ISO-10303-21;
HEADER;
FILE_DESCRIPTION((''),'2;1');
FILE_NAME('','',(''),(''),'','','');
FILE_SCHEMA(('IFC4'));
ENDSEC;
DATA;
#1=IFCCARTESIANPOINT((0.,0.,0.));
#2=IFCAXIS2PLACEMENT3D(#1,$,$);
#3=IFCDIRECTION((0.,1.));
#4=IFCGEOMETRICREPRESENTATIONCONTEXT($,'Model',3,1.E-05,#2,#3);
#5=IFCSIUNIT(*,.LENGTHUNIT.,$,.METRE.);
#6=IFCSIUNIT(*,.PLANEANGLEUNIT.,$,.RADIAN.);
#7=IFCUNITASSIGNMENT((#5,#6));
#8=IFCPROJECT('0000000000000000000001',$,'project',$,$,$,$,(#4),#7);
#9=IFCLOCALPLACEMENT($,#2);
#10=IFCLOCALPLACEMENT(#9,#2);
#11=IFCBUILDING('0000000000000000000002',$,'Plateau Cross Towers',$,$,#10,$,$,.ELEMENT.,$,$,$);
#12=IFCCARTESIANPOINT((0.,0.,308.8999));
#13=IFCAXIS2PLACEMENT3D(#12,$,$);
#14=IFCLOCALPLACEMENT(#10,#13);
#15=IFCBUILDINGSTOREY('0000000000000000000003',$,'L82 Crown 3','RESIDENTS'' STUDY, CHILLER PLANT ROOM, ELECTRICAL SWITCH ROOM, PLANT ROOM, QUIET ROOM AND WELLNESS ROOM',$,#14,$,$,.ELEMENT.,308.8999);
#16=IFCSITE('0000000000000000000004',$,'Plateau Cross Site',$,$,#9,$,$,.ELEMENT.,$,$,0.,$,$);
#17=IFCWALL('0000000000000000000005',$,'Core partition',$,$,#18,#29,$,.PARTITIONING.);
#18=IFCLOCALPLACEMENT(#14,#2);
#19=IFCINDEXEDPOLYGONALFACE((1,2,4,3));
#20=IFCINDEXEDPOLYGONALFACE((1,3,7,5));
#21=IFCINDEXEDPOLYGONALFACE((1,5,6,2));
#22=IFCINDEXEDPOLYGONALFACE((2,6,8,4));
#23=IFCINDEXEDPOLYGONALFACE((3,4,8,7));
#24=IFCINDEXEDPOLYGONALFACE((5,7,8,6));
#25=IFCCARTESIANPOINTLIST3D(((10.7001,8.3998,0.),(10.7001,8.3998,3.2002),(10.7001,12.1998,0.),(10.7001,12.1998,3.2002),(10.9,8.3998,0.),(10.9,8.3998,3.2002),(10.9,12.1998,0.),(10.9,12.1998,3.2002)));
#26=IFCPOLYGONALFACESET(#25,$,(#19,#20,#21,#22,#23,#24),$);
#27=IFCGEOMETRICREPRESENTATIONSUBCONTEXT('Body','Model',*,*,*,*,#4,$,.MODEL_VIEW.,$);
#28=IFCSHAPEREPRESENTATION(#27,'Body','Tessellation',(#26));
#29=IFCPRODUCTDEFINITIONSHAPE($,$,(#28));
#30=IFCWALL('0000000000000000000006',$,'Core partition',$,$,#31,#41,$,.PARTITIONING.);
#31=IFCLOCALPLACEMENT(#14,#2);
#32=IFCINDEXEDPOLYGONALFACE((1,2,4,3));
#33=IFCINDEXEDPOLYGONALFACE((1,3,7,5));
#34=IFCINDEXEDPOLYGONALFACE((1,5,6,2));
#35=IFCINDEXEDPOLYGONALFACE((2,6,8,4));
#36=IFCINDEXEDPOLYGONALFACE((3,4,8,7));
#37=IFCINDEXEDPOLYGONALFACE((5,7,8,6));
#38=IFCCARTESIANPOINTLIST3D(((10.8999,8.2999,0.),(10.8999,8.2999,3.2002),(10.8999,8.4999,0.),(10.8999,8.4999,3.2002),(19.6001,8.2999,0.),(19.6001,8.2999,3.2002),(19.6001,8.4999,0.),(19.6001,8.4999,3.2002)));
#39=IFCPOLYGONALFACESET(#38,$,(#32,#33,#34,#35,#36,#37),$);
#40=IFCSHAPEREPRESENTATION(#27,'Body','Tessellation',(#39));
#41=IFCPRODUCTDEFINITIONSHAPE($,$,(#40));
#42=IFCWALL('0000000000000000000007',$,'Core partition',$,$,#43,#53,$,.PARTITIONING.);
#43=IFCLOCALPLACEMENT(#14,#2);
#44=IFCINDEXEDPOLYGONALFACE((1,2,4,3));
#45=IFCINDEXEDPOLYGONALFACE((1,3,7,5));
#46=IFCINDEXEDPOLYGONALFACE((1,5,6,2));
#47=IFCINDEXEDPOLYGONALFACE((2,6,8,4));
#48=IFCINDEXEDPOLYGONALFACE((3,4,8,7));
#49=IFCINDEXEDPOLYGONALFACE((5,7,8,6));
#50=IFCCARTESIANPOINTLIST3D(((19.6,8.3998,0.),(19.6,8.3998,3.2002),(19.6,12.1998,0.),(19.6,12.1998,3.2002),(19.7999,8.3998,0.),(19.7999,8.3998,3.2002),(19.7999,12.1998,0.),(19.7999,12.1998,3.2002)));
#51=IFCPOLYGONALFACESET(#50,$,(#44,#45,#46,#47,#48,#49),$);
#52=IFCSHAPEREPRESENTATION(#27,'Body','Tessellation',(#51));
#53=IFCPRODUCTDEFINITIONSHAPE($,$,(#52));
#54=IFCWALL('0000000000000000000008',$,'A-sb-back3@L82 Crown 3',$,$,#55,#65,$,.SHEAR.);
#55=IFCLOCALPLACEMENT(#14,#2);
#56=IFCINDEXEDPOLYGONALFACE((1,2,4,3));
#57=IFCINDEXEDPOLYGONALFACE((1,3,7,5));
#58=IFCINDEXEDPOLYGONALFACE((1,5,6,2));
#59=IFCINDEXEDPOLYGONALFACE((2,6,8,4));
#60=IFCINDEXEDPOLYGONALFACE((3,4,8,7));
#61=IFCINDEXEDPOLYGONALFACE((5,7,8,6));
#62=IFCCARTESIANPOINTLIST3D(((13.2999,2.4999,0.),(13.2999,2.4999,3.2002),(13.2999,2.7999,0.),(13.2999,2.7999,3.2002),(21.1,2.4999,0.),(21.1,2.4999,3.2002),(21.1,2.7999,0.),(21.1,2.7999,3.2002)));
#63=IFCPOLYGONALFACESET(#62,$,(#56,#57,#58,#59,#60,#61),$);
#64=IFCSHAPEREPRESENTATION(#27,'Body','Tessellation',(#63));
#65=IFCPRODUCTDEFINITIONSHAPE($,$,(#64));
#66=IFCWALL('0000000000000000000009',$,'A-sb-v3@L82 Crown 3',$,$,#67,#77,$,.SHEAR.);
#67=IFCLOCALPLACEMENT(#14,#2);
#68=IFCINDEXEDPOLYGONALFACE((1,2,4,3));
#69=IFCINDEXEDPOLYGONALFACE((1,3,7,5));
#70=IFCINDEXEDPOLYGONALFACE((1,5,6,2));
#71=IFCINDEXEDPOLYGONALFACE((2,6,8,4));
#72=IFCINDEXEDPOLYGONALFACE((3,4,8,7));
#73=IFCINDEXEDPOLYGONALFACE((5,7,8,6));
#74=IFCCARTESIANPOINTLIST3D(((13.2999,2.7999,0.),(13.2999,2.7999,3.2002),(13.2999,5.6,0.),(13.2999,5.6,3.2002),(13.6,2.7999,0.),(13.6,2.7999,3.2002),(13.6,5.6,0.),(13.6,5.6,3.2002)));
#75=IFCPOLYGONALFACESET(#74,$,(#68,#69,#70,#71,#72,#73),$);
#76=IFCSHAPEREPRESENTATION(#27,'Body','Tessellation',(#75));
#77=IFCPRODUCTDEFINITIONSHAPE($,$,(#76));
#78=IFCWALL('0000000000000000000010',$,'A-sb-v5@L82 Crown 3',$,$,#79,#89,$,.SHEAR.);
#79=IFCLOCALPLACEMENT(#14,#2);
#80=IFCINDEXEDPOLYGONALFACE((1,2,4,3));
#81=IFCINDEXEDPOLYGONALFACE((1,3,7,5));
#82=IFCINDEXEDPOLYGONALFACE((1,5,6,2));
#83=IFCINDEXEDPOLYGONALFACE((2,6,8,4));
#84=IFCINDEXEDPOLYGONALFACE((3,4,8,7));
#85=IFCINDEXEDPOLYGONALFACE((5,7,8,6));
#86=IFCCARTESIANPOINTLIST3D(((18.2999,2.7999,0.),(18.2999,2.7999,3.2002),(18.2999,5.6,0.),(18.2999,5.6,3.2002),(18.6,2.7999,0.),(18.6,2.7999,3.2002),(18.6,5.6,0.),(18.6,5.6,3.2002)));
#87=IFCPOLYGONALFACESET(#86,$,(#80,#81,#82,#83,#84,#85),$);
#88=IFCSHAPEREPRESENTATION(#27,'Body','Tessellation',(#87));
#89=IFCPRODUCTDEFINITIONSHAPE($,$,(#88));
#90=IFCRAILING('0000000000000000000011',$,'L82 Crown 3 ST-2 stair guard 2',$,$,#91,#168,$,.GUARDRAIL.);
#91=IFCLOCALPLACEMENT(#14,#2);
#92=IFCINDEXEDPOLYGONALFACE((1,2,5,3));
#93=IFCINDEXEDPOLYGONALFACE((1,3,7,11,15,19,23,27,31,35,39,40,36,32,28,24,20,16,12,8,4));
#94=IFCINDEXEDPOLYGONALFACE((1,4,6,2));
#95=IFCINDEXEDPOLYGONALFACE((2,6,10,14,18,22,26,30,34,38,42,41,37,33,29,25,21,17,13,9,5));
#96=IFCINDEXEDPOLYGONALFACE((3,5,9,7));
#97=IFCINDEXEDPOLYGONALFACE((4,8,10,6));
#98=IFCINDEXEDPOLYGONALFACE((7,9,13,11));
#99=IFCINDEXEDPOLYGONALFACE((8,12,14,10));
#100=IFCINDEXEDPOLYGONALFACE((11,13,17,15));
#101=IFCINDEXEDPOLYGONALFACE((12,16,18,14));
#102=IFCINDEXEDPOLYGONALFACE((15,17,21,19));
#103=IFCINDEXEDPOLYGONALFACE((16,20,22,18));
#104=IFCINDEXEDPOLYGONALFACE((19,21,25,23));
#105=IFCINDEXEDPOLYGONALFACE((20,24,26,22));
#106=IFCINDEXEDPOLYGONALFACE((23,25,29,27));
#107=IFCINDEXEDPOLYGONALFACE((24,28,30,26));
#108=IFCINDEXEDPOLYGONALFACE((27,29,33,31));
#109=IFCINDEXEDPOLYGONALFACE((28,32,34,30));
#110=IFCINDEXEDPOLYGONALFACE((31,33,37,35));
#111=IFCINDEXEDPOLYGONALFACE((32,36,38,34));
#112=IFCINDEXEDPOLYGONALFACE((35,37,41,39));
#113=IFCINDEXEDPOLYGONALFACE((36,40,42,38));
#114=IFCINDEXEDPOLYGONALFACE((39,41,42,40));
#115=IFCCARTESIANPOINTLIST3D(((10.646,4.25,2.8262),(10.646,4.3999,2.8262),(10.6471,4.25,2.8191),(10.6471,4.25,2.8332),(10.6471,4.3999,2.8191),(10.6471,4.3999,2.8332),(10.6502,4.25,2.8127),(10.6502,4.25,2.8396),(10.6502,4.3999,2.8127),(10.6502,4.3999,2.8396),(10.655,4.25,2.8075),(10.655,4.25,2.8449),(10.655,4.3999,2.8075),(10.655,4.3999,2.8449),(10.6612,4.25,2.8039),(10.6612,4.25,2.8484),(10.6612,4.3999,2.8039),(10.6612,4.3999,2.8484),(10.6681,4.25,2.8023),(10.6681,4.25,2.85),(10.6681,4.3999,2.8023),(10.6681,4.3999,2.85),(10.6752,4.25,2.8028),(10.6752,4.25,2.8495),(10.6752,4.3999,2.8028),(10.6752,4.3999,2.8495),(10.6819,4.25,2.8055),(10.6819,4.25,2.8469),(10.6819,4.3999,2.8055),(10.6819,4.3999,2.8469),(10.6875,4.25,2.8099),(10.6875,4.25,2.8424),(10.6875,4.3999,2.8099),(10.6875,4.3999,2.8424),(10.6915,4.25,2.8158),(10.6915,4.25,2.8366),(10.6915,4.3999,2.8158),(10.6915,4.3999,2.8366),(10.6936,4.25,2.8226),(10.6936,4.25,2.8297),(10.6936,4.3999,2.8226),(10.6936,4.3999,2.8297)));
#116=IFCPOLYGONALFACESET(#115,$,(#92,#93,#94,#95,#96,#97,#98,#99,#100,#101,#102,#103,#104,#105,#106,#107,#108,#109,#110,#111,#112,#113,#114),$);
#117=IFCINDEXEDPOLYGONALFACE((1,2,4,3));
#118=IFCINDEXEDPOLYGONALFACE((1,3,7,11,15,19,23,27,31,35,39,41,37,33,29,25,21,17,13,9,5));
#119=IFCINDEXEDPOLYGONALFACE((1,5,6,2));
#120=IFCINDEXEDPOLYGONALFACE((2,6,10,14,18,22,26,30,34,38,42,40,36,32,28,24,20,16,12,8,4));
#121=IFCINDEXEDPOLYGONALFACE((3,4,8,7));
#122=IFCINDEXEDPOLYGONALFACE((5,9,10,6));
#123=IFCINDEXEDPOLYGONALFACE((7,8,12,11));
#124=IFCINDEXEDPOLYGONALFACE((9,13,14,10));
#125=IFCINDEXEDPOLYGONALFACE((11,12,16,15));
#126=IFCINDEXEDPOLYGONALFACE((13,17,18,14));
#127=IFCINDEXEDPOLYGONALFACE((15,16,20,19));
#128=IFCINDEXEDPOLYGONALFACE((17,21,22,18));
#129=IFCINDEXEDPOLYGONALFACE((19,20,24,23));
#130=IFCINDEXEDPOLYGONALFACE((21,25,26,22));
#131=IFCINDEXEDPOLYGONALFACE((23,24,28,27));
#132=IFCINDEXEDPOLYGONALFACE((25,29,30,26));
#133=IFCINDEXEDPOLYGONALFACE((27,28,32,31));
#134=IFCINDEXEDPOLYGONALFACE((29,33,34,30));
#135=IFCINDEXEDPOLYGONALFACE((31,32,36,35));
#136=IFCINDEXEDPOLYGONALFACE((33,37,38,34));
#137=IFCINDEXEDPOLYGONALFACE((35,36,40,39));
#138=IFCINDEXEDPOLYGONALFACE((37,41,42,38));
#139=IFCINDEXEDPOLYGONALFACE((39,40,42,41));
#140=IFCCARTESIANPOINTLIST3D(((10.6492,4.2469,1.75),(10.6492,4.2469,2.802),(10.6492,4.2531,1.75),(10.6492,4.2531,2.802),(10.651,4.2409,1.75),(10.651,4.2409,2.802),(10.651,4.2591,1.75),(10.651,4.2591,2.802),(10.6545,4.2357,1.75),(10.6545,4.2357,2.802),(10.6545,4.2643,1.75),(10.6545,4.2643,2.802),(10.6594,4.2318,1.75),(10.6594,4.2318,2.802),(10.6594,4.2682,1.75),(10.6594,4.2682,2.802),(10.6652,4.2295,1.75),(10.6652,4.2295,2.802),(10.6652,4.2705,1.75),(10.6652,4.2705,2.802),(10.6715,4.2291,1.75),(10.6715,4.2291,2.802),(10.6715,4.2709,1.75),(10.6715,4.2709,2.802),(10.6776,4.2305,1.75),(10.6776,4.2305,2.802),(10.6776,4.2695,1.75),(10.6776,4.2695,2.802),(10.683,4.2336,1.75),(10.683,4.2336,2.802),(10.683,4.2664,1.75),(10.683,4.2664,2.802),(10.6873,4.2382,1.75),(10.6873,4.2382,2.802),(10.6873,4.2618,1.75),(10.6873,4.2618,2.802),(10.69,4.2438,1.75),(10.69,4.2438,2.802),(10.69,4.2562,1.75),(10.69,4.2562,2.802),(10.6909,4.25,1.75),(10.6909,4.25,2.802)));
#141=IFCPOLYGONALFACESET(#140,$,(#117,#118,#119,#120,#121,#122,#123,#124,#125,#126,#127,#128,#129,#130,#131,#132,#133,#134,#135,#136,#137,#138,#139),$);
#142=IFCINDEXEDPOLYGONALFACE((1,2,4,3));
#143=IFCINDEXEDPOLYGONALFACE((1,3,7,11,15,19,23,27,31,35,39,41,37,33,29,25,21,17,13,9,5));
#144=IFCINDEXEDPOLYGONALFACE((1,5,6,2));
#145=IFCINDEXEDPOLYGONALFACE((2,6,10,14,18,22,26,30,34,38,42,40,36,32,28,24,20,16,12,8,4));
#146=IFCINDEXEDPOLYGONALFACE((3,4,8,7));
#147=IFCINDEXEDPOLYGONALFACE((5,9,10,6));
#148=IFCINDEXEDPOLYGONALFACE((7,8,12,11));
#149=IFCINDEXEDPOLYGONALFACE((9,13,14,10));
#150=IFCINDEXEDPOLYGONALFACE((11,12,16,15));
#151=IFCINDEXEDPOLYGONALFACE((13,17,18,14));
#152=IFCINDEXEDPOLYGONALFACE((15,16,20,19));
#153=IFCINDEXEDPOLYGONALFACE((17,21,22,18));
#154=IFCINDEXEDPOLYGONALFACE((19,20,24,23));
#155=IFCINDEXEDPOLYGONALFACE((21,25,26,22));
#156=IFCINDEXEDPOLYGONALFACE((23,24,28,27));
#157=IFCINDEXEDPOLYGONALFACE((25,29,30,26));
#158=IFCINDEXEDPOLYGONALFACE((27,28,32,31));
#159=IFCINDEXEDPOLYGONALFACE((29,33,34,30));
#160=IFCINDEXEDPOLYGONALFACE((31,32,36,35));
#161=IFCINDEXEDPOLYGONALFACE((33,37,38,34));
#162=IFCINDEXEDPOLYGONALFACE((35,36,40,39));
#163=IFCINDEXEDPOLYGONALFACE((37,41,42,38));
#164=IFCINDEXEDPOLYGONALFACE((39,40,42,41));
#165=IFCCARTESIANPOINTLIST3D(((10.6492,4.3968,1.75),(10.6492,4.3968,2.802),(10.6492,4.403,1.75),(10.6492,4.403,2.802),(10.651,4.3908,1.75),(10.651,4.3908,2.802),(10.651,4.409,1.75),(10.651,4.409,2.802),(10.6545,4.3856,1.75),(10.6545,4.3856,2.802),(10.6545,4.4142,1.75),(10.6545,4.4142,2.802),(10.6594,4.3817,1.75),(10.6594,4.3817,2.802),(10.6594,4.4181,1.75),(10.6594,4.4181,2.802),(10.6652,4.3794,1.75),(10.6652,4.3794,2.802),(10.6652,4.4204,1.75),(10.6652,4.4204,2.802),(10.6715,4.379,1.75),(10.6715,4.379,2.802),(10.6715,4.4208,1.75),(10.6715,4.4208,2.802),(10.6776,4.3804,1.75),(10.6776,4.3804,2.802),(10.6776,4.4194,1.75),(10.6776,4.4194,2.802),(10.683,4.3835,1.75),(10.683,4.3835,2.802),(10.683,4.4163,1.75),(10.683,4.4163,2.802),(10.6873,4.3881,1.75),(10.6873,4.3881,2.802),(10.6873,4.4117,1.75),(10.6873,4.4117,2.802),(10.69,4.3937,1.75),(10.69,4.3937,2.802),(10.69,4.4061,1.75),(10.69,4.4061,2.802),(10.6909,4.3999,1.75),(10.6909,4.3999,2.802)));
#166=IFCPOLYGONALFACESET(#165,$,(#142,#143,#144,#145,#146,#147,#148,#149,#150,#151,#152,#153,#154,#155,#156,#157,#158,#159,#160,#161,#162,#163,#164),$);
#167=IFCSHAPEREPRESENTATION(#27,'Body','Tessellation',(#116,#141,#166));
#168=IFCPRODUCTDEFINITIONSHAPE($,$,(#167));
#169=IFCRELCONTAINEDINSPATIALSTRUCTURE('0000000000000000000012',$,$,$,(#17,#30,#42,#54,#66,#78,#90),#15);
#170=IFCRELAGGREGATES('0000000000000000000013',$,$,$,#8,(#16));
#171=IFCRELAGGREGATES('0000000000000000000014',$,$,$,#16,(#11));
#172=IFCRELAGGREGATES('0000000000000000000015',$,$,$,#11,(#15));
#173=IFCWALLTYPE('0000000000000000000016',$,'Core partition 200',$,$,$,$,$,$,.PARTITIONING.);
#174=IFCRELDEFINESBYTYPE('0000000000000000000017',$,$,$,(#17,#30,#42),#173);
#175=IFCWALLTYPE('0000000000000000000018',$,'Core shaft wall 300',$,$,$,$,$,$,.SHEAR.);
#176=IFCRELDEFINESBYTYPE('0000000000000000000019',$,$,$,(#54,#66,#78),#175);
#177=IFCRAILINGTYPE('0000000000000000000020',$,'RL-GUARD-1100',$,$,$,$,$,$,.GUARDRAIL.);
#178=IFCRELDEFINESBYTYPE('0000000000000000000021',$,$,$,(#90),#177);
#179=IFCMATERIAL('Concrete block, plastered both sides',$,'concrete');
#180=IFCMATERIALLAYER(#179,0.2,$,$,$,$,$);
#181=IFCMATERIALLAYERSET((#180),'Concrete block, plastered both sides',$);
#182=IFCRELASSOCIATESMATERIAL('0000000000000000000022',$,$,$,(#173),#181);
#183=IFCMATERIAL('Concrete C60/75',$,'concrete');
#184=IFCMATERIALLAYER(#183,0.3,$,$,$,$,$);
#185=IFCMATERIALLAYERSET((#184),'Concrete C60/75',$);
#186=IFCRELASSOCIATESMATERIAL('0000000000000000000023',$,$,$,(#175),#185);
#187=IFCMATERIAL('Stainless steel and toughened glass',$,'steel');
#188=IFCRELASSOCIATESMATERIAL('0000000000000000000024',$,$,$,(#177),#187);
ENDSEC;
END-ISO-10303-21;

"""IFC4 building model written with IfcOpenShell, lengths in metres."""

from ifc_helpers import new_model, si_unit, direction, frame, frame_2d, origin, origin_2d, place, context, subcontext, project, spatial, rectangle, circle, extrude, material, layer, layer_set, type_object, element, save


model = new_model("IFC4")

# Units and contexts
model_context = context("Model", 3, precision=1e-05, world=origin(), true_north=direction((0.0, 1.0)))
body_context = subcontext(model_context, "Body", "Model", "MODEL_VIEW")
ifc_project = project(units=[si_unit("LENGTHUNIT", "METRE"), si_unit("PLANEANGLEUNIT", "RADIAN")], contexts=[model_context])

# Site, building, storey
site_placement = place(None, origin())
site = spatial("IfcSite", under=ifc_project, at=site_placement, Name="Plateau Cross Site", CompositionType="ELEMENT", RefElevation=0.0)
building_placement = place(site_placement, origin())
building = spatial("IfcBuilding", under=site, at=building_placement, Name="Plateau Cross Towers", CompositionType="ELEMENT")
storey_placement = place(building_placement, frame((0.0, 0.0, 308.8999)))
storey = spatial("IfcBuildingStorey", under=building, at=storey_placement, Name="L82 Crown 3", Description="RESIDENTS' STUDY, CHILLER PLANT ROOM, ELECTRICAL SWITCH ROOM, PLANT ROOM, QUIET ROOM AND WELLNESS ROOM", CompositionType="ELEMENT", Elevation=308.8999)

# Shared definitions
ifc_material_1 = material(Name="Concrete C60/75", Category="concrete")

# Walls
ifc_material_2 = material(Name="Concrete block, plastered both sides", Category="concrete")
ifc_layer_1 = layer(ifc_material_2, 0.2)
ifc_layer_set_1 = layer_set([ifc_layer_1], Name="Concrete block, plastered both sides")
wall_type_1 = type_object("IfcWallType", Name="Core partition 200", PredefinedType="PARTITIONING", material=ifc_layer_set_1)
wall_1_placement = place(storey_placement, frame((10.8, 8.3999, 0.0), z_axis=(0.0, 0.0, 1.0), x_axis=(0.0, 1.0, 0.0)))
element("IfcWall", 1, at=wall_1_placement, inside=storey, type_object=wall_type_1, Name="Core partition", PredefinedType="PARTITIONING", context=body_context, shape_type="SweptSolid", body=[
    extrude(rectangle(XDim=3.8, YDim=0.2, at=frame_2d((1.8999, 0.0))), origin(), (0.0, 0.0, 1.0), 3.2002),
])
wall_2_placement = place(storey_placement, frame((10.8999, 8.3999, 0.0), z_axis=(0.0, 0.0, 1.0), x_axis=(1.0, 0.0, 0.0)))
element("IfcWall", 2, at=wall_2_placement, inside=storey, type_object=wall_type_1, Name="Core partition", PredefinedType="PARTITIONING", context=body_context, shape_type="SweptSolid", body=[
    extrude(rectangle(XDim=8.7002, YDim=0.2, at=frame_2d((4.3501, 0.0))), origin(), (0.0, 0.0, 1.0), 3.2002),
])
wall_3_placement = place(storey_placement, frame((19.7, 8.3999, 0.0), z_axis=(0.0, 0.0, 1.0), x_axis=(0.0, 1.0, 0.0)))
element("IfcWall", 3, at=wall_3_placement, inside=storey, type_object=wall_type_1, Name="Core partition", PredefinedType="PARTITIONING", context=body_context, shape_type="SweptSolid", body=[
    extrude(rectangle(XDim=3.8, YDim=0.2, at=frame_2d((1.8999, 0.0))), origin(), (0.0, 0.0, 1.0), 3.2002),
])
ifc_layer_2 = layer(ifc_material_1, 0.3)
ifc_layer_set_2 = layer_set([ifc_layer_2], Name="Concrete C60/75")
wall_type_2 = type_object("IfcWallType", Name="Core shaft wall 300", PredefinedType="SHEAR", material=ifc_layer_set_2)
wall_4_placement = place(storey_placement, frame((13.3, 2.6499, 0.0), z_axis=(0.0, 0.0, 1.0), x_axis=(1.0, 0.0, 0.0)))
element("IfcWall", 4, at=wall_4_placement, inside=storey, type_object=wall_type_2, Name="A-sb-back3@L82 Crown 3", PredefinedType="SHEAR", context=body_context, shape_type="SweptSolid", body=[
    extrude(rectangle(XDim=7.8, YDim=0.3, at=frame_2d((3.8999, 0.0))), origin(), (0.0, 0.0, 1.0), 3.2002),
])
for number, where, z_axis, x_axis, name in (
    (5, (13.45, 2.8, 0.0), (0.0, 0.0, 1.0), (0.0, 1.0, 0.0), "A-sb-v3@L82 Crown 3"),
    (6, (18.45, 2.8, 0.0), (0.0, 0.0, 1.0), (0.0, 1.0, 0.0), "A-sb-v5@L82 Crown 3"),
):
    element("IfcWall", number, at=place(storey_placement, frame(where, z_axis=z_axis, x_axis=x_axis)), inside=storey, type_object=wall_type_2, Name=name, PredefinedType="SHEAR", context=body_context, shape_type="SweptSolid", body=[
        extrude(rectangle(XDim=2.8, YDim=0.3, at=frame_2d((1.3999, 0.0))), origin(), (0.0, 0.0, 1.0), 3.2002),
    ])

# Railing
ifc_material_3 = material(Name="Stainless steel and toughened glass", Category="steel")
railing_type_1 = type_object("IfcRailingType", Name="RL-GUARD-1100", PredefinedType="GUARDRAIL", material=ifc_material_3)
railing_1_placement = place(storey_placement, frame((10.6699, 4.25, 1.75)))
element("IfcRailing", 7, at=railing_1_placement, inside=storey, type_object=railing_type_1, Name="L82 Crown 3 ST-2 stair guard 2", PredefinedType="GUARDRAIL", context=body_context, shape_type="SweptSolid", body=[
    extrude(circle(Radius=0.0239, at=origin_2d()), frame((0.0, 0.0, 1.0762), z_axis=(0.0, 1.0, 0.0), x_axis=(-1.0, 0.0, 0.0)), (0.0, 0.0, 1.0), 0.1499),
    extrude(circle(Radius=0.021, at=origin_2d()), origin(), (0.0, 0.0, 1.0), 1.052),
    extrude(circle(Radius=0.021, at=origin_2d()), frame((0.0, 0.1499, 0.0)), (0.0, 0.0, 1.0), 1.052),
])

save(model, "model.ifc")
